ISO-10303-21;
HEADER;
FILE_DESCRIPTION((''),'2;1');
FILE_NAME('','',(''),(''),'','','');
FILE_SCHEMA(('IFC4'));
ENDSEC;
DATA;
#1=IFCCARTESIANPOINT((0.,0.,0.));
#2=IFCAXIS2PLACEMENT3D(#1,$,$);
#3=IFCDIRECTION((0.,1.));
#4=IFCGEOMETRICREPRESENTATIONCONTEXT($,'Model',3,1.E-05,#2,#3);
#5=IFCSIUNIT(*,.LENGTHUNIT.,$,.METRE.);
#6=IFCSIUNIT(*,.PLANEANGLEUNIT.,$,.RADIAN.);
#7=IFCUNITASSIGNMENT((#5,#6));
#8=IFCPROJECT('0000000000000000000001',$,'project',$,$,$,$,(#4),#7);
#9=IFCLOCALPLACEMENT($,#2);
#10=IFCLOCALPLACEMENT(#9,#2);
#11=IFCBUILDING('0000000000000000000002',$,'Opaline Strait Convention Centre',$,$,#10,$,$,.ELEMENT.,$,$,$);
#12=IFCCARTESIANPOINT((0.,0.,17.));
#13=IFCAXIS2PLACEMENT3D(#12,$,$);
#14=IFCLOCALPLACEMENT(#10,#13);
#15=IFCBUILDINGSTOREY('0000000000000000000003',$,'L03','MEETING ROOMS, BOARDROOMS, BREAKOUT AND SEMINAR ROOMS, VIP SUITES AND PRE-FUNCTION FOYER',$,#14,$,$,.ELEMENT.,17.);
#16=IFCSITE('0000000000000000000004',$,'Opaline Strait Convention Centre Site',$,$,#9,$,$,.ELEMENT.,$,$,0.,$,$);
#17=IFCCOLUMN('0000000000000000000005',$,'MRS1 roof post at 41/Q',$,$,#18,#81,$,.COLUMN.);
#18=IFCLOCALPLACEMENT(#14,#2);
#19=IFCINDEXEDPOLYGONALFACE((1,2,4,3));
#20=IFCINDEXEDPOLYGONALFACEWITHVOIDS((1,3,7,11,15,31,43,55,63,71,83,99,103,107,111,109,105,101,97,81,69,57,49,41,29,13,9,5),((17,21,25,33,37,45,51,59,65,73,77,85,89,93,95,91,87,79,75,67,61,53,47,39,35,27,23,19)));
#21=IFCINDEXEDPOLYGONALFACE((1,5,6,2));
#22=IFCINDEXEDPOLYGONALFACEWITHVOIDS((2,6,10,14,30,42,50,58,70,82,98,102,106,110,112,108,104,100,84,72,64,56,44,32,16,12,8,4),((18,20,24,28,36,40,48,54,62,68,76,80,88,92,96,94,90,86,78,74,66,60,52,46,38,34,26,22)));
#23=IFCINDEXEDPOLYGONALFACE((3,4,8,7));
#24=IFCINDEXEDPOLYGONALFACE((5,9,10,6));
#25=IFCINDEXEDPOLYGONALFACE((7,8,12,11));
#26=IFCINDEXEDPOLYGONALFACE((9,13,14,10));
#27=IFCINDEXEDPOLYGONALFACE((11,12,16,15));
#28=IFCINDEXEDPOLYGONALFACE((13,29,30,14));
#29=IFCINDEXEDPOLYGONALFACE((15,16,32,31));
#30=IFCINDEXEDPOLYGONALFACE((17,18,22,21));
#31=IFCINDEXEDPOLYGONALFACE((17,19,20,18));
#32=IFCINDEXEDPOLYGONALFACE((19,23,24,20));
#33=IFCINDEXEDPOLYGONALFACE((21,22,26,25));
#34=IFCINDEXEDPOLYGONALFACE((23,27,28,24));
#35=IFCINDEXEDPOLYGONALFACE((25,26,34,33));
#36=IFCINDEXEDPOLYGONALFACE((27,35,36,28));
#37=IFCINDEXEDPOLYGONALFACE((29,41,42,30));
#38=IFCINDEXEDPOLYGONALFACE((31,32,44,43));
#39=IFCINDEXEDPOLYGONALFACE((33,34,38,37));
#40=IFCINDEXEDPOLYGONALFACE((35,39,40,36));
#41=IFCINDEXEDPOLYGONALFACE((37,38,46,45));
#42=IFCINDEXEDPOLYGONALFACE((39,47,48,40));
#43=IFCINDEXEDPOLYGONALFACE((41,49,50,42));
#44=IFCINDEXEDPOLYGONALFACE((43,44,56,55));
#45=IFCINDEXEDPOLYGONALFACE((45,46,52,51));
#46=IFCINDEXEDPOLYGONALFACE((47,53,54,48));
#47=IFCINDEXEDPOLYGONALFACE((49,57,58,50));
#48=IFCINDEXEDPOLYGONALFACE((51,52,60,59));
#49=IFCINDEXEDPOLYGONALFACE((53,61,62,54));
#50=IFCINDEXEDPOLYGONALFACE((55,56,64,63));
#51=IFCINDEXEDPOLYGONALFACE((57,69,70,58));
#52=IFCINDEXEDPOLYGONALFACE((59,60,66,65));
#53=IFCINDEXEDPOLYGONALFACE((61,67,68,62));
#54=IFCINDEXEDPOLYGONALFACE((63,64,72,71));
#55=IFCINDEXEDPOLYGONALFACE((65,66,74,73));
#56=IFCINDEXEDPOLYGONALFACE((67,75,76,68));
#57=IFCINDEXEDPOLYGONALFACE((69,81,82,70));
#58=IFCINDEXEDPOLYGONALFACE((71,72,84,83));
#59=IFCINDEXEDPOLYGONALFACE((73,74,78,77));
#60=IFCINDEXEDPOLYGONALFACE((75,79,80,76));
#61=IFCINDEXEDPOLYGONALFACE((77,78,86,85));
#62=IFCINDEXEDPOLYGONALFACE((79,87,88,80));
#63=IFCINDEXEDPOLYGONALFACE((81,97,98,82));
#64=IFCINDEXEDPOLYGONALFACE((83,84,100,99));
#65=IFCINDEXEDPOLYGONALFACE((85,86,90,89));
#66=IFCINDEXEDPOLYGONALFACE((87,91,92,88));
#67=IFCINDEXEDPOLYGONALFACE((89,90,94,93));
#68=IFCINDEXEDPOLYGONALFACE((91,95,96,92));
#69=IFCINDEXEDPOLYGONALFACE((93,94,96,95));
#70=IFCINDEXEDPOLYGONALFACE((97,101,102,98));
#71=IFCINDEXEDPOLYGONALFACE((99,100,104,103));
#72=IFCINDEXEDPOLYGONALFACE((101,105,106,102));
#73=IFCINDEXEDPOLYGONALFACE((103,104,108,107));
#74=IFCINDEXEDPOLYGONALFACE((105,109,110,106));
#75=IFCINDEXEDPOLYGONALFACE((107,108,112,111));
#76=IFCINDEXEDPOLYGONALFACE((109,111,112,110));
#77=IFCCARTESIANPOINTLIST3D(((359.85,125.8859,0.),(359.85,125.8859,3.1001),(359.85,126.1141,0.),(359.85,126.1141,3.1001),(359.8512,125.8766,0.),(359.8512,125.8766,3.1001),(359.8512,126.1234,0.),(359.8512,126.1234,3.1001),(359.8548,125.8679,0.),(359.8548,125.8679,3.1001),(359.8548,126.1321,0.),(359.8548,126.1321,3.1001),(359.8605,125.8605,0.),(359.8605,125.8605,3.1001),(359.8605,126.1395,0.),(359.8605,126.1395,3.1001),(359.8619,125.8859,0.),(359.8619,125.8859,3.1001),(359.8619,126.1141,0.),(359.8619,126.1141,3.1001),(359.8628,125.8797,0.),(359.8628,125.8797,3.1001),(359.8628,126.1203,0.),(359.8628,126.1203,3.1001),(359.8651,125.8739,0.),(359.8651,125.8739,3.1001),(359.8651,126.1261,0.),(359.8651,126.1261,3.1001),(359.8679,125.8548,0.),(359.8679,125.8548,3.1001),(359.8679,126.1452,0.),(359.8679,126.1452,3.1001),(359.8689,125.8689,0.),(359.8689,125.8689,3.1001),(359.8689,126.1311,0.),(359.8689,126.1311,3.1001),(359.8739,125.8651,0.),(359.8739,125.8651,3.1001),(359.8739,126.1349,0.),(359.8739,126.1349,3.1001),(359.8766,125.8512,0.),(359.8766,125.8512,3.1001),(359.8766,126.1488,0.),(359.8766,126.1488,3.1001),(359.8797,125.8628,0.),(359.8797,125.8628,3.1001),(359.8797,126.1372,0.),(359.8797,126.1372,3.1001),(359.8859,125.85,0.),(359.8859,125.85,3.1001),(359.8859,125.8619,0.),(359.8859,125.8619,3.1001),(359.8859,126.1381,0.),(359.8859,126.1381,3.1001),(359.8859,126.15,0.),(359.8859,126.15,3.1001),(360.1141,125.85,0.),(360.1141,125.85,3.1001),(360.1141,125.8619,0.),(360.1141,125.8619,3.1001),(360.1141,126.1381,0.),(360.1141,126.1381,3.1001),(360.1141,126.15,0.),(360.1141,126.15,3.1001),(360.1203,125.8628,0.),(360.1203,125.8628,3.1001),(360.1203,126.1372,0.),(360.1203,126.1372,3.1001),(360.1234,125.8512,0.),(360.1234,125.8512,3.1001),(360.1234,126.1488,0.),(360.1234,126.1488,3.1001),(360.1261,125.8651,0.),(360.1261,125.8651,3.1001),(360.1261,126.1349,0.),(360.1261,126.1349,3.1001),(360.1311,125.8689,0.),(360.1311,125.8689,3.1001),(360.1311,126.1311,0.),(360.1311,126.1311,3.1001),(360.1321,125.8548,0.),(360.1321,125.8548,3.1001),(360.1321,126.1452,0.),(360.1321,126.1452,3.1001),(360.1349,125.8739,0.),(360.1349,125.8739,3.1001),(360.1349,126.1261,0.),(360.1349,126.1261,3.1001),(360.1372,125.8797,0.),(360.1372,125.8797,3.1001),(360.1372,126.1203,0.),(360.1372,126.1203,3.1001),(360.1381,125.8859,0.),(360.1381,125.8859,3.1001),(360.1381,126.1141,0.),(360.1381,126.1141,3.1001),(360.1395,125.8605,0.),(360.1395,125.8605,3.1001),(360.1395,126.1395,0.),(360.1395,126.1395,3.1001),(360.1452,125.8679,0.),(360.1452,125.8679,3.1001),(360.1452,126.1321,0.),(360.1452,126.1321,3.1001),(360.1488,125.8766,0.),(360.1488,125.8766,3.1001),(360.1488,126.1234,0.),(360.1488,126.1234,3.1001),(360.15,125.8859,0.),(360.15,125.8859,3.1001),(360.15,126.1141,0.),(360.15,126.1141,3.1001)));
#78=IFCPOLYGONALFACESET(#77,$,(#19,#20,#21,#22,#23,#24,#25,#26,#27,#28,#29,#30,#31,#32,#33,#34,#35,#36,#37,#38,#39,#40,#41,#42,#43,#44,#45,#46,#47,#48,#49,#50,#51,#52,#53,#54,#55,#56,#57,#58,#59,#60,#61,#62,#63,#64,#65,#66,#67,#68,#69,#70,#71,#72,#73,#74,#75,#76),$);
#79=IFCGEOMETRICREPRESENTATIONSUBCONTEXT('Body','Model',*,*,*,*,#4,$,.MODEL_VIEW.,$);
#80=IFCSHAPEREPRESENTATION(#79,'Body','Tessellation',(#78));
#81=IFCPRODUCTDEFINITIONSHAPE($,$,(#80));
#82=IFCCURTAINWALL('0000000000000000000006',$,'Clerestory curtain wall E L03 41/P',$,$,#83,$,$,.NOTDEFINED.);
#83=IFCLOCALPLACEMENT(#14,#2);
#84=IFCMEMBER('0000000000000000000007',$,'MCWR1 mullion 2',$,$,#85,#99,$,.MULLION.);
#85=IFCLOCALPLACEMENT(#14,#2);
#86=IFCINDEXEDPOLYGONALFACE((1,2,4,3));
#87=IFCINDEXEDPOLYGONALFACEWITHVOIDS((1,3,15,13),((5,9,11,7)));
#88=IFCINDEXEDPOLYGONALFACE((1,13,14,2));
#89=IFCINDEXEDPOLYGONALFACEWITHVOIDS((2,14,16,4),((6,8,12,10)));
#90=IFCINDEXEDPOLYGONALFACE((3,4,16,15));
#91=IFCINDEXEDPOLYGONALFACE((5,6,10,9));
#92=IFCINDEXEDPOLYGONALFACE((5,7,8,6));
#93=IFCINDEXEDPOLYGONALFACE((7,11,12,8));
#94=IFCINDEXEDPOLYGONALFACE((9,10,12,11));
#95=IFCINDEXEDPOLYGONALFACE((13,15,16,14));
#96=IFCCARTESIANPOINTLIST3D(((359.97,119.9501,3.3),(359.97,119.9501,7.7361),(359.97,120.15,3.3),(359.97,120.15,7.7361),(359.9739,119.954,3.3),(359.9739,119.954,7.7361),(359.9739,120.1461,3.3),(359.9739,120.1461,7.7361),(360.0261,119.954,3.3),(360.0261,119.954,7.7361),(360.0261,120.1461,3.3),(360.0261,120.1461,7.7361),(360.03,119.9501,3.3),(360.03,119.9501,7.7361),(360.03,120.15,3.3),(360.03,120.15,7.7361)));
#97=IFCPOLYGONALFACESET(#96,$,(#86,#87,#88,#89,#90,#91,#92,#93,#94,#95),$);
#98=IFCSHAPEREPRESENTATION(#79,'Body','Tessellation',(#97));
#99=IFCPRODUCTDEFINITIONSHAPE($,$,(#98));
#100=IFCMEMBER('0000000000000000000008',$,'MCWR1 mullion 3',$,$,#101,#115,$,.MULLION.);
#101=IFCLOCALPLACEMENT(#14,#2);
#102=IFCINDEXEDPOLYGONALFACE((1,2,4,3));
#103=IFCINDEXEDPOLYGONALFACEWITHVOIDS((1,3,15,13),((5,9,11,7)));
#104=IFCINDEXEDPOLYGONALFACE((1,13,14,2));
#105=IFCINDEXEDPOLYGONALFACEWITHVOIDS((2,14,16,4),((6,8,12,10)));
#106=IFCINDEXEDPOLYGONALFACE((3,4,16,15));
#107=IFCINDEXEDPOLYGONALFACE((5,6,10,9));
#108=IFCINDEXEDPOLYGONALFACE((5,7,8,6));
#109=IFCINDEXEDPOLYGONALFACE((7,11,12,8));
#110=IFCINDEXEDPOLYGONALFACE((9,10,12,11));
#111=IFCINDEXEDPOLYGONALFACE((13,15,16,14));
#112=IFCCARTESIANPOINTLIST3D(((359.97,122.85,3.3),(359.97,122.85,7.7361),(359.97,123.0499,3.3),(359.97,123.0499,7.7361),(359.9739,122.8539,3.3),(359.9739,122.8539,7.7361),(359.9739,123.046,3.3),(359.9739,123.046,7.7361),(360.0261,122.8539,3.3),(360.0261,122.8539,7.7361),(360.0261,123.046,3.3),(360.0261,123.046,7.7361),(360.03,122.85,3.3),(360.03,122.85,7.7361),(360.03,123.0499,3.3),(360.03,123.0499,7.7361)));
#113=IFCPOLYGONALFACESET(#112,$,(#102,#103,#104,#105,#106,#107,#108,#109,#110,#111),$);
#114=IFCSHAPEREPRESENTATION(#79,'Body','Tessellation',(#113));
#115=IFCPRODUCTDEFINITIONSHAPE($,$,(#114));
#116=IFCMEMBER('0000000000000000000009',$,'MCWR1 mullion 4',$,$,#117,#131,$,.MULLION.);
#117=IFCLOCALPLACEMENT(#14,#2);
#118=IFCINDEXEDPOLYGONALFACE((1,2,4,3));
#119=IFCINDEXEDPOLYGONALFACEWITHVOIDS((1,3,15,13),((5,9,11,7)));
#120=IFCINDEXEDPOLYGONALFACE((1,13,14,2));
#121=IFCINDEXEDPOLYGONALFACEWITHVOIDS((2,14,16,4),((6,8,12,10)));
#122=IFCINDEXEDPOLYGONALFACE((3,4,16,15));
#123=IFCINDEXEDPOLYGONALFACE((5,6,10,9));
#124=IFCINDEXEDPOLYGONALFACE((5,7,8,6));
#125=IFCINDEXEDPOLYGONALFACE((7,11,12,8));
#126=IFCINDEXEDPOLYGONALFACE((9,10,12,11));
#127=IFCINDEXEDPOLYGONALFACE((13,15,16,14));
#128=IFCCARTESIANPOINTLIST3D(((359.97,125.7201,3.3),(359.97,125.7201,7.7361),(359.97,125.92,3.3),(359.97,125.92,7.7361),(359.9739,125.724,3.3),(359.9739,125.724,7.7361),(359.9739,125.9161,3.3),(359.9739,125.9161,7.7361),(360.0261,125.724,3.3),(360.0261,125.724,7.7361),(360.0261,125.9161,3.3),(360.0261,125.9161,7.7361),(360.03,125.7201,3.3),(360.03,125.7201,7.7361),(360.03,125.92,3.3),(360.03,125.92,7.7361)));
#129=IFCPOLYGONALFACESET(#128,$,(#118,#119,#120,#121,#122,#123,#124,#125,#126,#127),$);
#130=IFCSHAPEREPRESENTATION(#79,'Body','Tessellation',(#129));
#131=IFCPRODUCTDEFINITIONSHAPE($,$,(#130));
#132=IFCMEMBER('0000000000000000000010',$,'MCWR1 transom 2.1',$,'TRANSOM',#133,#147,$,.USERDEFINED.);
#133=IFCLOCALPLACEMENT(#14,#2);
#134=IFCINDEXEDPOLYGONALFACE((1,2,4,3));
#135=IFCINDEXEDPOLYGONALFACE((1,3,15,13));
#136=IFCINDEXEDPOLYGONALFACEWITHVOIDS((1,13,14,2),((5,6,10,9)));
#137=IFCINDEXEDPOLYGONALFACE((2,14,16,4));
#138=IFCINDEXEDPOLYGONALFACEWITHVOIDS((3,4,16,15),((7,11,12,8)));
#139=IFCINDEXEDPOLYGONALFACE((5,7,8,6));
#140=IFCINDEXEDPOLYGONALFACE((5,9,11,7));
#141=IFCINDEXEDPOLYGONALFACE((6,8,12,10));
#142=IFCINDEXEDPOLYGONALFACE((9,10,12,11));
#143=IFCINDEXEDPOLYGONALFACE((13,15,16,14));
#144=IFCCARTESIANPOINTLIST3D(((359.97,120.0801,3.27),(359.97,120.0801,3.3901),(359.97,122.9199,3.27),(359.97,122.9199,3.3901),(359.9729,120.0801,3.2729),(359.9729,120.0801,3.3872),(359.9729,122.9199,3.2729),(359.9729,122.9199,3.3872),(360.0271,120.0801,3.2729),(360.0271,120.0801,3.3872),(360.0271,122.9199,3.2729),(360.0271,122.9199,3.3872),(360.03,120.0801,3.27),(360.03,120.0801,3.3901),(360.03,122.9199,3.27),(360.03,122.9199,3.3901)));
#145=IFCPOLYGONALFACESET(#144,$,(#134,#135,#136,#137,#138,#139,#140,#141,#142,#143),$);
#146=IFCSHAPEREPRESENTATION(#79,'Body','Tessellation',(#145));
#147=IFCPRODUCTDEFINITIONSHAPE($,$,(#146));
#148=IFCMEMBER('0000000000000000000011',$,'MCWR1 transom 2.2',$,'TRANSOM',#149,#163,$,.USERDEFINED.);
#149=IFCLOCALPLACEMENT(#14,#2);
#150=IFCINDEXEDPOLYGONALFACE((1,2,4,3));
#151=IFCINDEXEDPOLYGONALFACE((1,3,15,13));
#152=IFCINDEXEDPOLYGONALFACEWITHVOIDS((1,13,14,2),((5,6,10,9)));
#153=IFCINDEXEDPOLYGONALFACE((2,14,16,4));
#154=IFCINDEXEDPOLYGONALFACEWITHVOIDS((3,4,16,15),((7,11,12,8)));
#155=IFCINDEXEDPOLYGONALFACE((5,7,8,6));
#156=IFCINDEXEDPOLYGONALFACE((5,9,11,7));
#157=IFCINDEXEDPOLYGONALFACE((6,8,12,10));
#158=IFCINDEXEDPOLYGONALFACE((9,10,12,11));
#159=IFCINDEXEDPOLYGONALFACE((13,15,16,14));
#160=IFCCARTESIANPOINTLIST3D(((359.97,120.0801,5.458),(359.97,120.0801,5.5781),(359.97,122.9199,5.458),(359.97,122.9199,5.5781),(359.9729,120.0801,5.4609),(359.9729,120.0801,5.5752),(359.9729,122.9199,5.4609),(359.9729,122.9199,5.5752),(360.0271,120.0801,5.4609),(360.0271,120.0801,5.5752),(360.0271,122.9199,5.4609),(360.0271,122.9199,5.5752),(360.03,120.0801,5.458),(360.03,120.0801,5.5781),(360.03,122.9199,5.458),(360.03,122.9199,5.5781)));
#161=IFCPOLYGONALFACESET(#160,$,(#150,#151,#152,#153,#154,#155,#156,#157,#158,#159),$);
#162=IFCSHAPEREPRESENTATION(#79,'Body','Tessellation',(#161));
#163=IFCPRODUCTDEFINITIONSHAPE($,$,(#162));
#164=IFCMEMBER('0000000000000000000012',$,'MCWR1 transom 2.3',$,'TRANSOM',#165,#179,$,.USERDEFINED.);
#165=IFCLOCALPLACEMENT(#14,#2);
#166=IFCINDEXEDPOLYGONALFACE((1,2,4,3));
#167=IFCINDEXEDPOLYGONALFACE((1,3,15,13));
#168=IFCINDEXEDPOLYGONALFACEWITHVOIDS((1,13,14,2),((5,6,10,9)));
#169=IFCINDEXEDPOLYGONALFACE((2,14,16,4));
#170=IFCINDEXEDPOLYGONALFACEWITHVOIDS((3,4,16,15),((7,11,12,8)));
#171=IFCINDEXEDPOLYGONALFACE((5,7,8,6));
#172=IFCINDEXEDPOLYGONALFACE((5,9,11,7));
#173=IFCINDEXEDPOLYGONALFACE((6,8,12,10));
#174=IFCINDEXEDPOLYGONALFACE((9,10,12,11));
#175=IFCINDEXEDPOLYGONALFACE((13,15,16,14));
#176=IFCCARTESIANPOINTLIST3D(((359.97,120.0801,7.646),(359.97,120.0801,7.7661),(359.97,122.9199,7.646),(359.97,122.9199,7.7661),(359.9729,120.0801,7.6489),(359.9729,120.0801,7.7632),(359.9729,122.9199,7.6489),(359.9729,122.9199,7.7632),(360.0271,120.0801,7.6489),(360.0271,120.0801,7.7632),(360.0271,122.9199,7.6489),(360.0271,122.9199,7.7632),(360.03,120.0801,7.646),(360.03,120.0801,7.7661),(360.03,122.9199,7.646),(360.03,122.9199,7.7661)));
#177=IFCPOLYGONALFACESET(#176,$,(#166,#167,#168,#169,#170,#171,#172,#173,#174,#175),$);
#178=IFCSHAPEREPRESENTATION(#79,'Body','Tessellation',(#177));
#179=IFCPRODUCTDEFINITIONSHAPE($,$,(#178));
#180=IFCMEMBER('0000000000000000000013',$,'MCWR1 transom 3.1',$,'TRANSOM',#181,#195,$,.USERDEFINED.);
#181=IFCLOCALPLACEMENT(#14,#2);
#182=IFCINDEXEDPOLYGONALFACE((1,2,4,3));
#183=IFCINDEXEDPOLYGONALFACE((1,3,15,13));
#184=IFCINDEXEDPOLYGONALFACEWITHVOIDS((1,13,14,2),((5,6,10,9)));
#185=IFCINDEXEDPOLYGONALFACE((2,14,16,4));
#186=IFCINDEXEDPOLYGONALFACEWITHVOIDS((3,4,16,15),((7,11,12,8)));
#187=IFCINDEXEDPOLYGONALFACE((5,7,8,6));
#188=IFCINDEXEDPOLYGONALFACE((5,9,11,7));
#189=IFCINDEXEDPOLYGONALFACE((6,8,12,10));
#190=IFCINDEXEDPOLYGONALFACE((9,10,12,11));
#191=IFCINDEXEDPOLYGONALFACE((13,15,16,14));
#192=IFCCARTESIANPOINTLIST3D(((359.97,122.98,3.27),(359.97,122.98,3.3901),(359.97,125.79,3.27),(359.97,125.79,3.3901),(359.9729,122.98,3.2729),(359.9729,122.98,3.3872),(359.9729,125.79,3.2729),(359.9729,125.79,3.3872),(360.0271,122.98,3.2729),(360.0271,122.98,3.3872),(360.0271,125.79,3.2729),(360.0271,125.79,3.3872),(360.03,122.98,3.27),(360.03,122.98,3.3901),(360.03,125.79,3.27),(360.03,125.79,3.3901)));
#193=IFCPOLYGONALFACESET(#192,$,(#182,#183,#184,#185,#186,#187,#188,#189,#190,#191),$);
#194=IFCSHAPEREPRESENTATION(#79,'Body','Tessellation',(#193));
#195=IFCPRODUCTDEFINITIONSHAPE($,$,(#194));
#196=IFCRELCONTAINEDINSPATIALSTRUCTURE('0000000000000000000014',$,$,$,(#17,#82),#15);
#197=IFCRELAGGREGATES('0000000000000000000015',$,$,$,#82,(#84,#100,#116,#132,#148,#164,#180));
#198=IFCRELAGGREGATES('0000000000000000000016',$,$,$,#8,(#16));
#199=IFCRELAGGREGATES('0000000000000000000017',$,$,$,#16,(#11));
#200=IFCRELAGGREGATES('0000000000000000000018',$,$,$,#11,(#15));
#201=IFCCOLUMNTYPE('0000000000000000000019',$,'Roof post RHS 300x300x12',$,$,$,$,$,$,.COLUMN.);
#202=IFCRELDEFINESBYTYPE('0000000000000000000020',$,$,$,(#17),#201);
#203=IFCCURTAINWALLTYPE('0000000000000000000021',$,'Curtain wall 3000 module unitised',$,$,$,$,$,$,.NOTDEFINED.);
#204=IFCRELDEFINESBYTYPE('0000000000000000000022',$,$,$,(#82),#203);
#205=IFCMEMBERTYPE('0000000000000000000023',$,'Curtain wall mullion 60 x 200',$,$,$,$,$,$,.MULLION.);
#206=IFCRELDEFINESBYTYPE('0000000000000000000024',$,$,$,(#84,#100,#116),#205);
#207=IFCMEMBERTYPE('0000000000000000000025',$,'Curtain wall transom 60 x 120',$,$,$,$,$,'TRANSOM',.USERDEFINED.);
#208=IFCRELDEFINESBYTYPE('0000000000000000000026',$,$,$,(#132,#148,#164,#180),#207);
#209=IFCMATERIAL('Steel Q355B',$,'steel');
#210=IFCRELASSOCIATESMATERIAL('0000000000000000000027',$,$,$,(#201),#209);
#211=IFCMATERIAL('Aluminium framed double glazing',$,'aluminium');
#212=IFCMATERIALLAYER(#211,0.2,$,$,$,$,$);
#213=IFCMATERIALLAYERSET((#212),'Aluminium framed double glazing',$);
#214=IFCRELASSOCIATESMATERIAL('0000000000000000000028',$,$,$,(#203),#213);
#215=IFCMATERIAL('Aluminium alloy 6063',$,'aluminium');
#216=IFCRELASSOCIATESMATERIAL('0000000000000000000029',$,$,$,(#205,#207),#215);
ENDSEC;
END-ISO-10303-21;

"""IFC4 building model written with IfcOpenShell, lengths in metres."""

from ifc_helpers import new_model, si_unit, direction, frame, origin, origin_2d, place, context, subcontext, project, spatial, hollow_rectangle, extrude, material, layer, layer_set, material_profile, profile_set, type_object, element, aggregate, save


model = new_model("IFC4")

# Units and contexts
model_context = context("Model", 3, precision=1e-05, world=origin(), true_north=direction((0.0, 1.0)))
body_context = subcontext(model_context, "Body", "Model", "MODEL_VIEW")
ifc_project = project(units=[si_unit("LENGTHUNIT", "METRE"), si_unit("PLANEANGLEUNIT", "RADIAN")], contexts=[model_context])

# Site, building, storey
site_placement = place(None, origin())
site = spatial("IfcSite", under=ifc_project, at=site_placement, Name="Opaline Strait Convention Centre Site", CompositionType="ELEMENT", RefElevation=0.0)
building_placement = place(site_placement, origin())
building = spatial("IfcBuilding", under=site, at=building_placement, Name="Opaline Strait Convention Centre", CompositionType="ELEMENT")
storey_placement = place(building_placement, frame((0.0, 0.0, 17.0)))
storey = spatial("IfcBuildingStorey", under=building, at=storey_placement, Name="L03", Description="MEETING ROOMS, BOARDROOMS, BREAKOUT AND SEMINAR ROOMS, VIP SUITES AND PRE-FUNCTION FOYER", CompositionType="ELEMENT", Elevation=17.0)

# Column
ifc_material_1 = material(Name="Steel Q355B", Category="steel")
ifc_material_profile_1 = material_profile(ifc_material_1, hollow_rectangle(XDim=0.3, YDim=0.3, WallThickness=0.012, InnerFilletRadius=0.0239, OuterFilletRadius=0.0359, at=origin_2d()), Name="RHS 300x300x12")
ifc_profile_set_1 = profile_set([ifc_material_profile_1], Name="Steel Q355B")
column_type = type_object("IfcColumnType", Name="Roof post RHS 300x300x12", PredefinedType="COLUMN", material=ifc_profile_set_1)
column_placement = place(storey_placement, frame((360.0, 126.0, 0.0), z_axis=(0.0, 0.0, 1.0), x_axis=(1.0, 0.0, 0.0)))
element("IfcColumn", 1, at=column_placement, inside=storey, type_object=column_type, Name="MRS1 roof post at 41/Q", PredefinedType="COLUMN", context=body_context, shape_type="SweptSolid", body=[
    extrude(hollow_rectangle(XDim=0.3, YDim=0.3, WallThickness=0.012, InnerFilletRadius=0.0239, OuterFilletRadius=0.0359, at=origin_2d()), origin(), (0.0, 0.0, 1.0), 3.1001),
])

# Curtain wall, members
ifc_material_2 = material(Name="Aluminium framed double glazing", Category="aluminium")
ifc_layer_1 = layer(ifc_material_2, 0.2)
ifc_layer_set_1 = layer_set([ifc_layer_1], Name="Aluminium framed double glazing")
curtain_wall_type = type_object("IfcCurtainWallType", Name="Curtain wall 3000 module unitised", PredefinedType="NOTDEFINED", material=ifc_layer_set_1)
curtain_wall_placement = place(storey_placement, origin())
curtain_wall = element("IfcCurtainWall", 2, at=curtain_wall_placement, inside=storey, type_object=curtain_wall_type, Name="Clerestory curtain wall E L03 41/P", PredefinedType="NOTDEFINED")
ifc_material_3 = material(Name="Aluminium alloy 6063", Category="aluminium")
ifc_material_profile_2 = material_profile(ifc_material_3, hollow_rectangle(XDim=0.0601, YDim=0.2, WallThickness=0.0039, at=origin_2d()), Name="MULLION 60x200x4")
ifc_profile_set_2 = profile_set([ifc_material_profile_2], Name="Aluminium alloy 6063")
member_type_1 = type_object("IfcMemberType", Name="Curtain wall mullion 60 x 200", PredefinedType="MULLION", material=ifc_profile_set_2)
member_1_placement = place(storey_placement, frame((360.0, 120.05, 3.3), z_axis=(0.0, 0.0, 1.0), x_axis=(-1.0, 0.0, 0.0)))
member_1 = element("IfcMember", 3, at=member_1_placement, type_object=member_type_1, Name="MCWR1 mullion 2", PredefinedType="MULLION", context=body_context, shape_type="SweptSolid", body=[
    extrude(hollow_rectangle(XDim=0.0601, YDim=0.2, WallThickness=0.0039, at=origin_2d()), origin(), (0.0, 0.0, 1.0), 4.436),
])
member_2_placement = place(storey_placement, frame((360.0, 122.95, 3.3), z_axis=(0.0, 0.0, 1.0), x_axis=(-1.0, 0.0, 0.0)))
member_2 = element("IfcMember", 4, at=member_2_placement, type_object=member_type_1, Name="MCWR1 mullion 3", PredefinedType="MULLION", context=body_context, shape_type="SweptSolid", body=[
    extrude(hollow_rectangle(XDim=0.0601, YDim=0.2, WallThickness=0.0039, at=origin_2d()), origin(), (0.0, 0.0, 1.0), 4.436),
])
member_3_placement = place(storey_placement, frame((360.0, 125.8201, 3.3), z_axis=(0.0, 0.0, 1.0), x_axis=(-1.0, 0.0, 0.0)))
member_3 = element("IfcMember", 5, at=member_3_placement, type_object=member_type_1, Name="MCWR1 mullion 4", PredefinedType="MULLION", context=body_context, shape_type="SweptSolid", body=[
    extrude(hollow_rectangle(XDim=0.0601, YDim=0.2, WallThickness=0.0039, at=origin_2d()), origin(), (0.0, 0.0, 1.0), 4.436),
])
ifc_material_profile_3 = material_profile(ifc_material_3, hollow_rectangle(XDim=0.0601, YDim=0.1201, WallThickness=0.0029, at=origin_2d()), Name="TRANSOM 60x120x3")
ifc_profile_set_3 = profile_set([ifc_material_profile_3], Name="Aluminium alloy 6063")
member_type_2 = type_object("IfcMemberType", Name="Curtain wall transom 60 x 120", ElementType="TRANSOM", PredefinedType="USERDEFINED", material=ifc_profile_set_3)
member_4_placement = place(storey_placement, frame((360.0, 120.0801, 3.3301), z_axis=(0.0, 1.0, 0.0), x_axis=(-1.0, 0.0, 0.0)))
member_4 = element("IfcMember", 6, at=member_4_placement, type_object=member_type_2, Name="MCWR1 transom 2.1", ObjectType="TRANSOM", PredefinedType="USERDEFINED", context=body_context, shape_type="SweptSolid", body=[
    extrude(hollow_rectangle(XDim=0.0601, YDim=0.1201, WallThickness=0.0029, at=origin_2d()), origin(), (0.0, 0.0, 1.0), 2.8398),
])
member_5_placement = place(storey_placement, frame((360.0, 120.0801, 5.5181), z_axis=(0.0, 1.0, 0.0), x_axis=(-1.0, 0.0, 0.0)))
member_5 = element("IfcMember", 7, at=member_5_placement, type_object=member_type_2, Name="MCWR1 transom 2.2", ObjectType="TRANSOM", PredefinedType="USERDEFINED", context=body_context, shape_type="SweptSolid", body=[
    extrude(hollow_rectangle(XDim=0.0601, YDim=0.1201, WallThickness=0.0029, at=origin_2d()), origin(), (0.0, 0.0, 1.0), 2.8398),
])
member_6_placement = place(storey_placement, frame((360.0, 120.0801, 7.7061), z_axis=(0.0, 1.0, 0.0), x_axis=(-1.0, 0.0, 0.0)))
member_6 = element("IfcMember", 8, at=member_6_placement, type_object=member_type_2, Name="MCWR1 transom 2.3", ObjectType="TRANSOM", PredefinedType="USERDEFINED", context=body_context, shape_type="SweptSolid", body=[
    extrude(hollow_rectangle(XDim=0.0601, YDim=0.1201, WallThickness=0.0029, at=origin_2d()), origin(), (0.0, 0.0, 1.0), 2.8398),
])
member_7_placement = place(storey_placement, frame((360.0, 122.98, 3.3301), z_axis=(0.0, 1.0, 0.0), x_axis=(-1.0, 0.0, 0.0)))
member_7 = element("IfcMember", 9, at=member_7_placement, type_object=member_type_2, Name="MCWR1 transom 3.1", ObjectType="TRANSOM", PredefinedType="USERDEFINED", context=body_context, shape_type="SweptSolid", body=[
    extrude(hollow_rectangle(XDim=0.0601, YDim=0.1201, WallThickness=0.0029, at=origin_2d()), origin(), (0.0, 0.0, 1.0), 2.8101),
])

aggregate(curtain_wall, [member_1, member_2, member_3, member_4, member_5, member_6, member_7])

save(model, "model.ifc")
